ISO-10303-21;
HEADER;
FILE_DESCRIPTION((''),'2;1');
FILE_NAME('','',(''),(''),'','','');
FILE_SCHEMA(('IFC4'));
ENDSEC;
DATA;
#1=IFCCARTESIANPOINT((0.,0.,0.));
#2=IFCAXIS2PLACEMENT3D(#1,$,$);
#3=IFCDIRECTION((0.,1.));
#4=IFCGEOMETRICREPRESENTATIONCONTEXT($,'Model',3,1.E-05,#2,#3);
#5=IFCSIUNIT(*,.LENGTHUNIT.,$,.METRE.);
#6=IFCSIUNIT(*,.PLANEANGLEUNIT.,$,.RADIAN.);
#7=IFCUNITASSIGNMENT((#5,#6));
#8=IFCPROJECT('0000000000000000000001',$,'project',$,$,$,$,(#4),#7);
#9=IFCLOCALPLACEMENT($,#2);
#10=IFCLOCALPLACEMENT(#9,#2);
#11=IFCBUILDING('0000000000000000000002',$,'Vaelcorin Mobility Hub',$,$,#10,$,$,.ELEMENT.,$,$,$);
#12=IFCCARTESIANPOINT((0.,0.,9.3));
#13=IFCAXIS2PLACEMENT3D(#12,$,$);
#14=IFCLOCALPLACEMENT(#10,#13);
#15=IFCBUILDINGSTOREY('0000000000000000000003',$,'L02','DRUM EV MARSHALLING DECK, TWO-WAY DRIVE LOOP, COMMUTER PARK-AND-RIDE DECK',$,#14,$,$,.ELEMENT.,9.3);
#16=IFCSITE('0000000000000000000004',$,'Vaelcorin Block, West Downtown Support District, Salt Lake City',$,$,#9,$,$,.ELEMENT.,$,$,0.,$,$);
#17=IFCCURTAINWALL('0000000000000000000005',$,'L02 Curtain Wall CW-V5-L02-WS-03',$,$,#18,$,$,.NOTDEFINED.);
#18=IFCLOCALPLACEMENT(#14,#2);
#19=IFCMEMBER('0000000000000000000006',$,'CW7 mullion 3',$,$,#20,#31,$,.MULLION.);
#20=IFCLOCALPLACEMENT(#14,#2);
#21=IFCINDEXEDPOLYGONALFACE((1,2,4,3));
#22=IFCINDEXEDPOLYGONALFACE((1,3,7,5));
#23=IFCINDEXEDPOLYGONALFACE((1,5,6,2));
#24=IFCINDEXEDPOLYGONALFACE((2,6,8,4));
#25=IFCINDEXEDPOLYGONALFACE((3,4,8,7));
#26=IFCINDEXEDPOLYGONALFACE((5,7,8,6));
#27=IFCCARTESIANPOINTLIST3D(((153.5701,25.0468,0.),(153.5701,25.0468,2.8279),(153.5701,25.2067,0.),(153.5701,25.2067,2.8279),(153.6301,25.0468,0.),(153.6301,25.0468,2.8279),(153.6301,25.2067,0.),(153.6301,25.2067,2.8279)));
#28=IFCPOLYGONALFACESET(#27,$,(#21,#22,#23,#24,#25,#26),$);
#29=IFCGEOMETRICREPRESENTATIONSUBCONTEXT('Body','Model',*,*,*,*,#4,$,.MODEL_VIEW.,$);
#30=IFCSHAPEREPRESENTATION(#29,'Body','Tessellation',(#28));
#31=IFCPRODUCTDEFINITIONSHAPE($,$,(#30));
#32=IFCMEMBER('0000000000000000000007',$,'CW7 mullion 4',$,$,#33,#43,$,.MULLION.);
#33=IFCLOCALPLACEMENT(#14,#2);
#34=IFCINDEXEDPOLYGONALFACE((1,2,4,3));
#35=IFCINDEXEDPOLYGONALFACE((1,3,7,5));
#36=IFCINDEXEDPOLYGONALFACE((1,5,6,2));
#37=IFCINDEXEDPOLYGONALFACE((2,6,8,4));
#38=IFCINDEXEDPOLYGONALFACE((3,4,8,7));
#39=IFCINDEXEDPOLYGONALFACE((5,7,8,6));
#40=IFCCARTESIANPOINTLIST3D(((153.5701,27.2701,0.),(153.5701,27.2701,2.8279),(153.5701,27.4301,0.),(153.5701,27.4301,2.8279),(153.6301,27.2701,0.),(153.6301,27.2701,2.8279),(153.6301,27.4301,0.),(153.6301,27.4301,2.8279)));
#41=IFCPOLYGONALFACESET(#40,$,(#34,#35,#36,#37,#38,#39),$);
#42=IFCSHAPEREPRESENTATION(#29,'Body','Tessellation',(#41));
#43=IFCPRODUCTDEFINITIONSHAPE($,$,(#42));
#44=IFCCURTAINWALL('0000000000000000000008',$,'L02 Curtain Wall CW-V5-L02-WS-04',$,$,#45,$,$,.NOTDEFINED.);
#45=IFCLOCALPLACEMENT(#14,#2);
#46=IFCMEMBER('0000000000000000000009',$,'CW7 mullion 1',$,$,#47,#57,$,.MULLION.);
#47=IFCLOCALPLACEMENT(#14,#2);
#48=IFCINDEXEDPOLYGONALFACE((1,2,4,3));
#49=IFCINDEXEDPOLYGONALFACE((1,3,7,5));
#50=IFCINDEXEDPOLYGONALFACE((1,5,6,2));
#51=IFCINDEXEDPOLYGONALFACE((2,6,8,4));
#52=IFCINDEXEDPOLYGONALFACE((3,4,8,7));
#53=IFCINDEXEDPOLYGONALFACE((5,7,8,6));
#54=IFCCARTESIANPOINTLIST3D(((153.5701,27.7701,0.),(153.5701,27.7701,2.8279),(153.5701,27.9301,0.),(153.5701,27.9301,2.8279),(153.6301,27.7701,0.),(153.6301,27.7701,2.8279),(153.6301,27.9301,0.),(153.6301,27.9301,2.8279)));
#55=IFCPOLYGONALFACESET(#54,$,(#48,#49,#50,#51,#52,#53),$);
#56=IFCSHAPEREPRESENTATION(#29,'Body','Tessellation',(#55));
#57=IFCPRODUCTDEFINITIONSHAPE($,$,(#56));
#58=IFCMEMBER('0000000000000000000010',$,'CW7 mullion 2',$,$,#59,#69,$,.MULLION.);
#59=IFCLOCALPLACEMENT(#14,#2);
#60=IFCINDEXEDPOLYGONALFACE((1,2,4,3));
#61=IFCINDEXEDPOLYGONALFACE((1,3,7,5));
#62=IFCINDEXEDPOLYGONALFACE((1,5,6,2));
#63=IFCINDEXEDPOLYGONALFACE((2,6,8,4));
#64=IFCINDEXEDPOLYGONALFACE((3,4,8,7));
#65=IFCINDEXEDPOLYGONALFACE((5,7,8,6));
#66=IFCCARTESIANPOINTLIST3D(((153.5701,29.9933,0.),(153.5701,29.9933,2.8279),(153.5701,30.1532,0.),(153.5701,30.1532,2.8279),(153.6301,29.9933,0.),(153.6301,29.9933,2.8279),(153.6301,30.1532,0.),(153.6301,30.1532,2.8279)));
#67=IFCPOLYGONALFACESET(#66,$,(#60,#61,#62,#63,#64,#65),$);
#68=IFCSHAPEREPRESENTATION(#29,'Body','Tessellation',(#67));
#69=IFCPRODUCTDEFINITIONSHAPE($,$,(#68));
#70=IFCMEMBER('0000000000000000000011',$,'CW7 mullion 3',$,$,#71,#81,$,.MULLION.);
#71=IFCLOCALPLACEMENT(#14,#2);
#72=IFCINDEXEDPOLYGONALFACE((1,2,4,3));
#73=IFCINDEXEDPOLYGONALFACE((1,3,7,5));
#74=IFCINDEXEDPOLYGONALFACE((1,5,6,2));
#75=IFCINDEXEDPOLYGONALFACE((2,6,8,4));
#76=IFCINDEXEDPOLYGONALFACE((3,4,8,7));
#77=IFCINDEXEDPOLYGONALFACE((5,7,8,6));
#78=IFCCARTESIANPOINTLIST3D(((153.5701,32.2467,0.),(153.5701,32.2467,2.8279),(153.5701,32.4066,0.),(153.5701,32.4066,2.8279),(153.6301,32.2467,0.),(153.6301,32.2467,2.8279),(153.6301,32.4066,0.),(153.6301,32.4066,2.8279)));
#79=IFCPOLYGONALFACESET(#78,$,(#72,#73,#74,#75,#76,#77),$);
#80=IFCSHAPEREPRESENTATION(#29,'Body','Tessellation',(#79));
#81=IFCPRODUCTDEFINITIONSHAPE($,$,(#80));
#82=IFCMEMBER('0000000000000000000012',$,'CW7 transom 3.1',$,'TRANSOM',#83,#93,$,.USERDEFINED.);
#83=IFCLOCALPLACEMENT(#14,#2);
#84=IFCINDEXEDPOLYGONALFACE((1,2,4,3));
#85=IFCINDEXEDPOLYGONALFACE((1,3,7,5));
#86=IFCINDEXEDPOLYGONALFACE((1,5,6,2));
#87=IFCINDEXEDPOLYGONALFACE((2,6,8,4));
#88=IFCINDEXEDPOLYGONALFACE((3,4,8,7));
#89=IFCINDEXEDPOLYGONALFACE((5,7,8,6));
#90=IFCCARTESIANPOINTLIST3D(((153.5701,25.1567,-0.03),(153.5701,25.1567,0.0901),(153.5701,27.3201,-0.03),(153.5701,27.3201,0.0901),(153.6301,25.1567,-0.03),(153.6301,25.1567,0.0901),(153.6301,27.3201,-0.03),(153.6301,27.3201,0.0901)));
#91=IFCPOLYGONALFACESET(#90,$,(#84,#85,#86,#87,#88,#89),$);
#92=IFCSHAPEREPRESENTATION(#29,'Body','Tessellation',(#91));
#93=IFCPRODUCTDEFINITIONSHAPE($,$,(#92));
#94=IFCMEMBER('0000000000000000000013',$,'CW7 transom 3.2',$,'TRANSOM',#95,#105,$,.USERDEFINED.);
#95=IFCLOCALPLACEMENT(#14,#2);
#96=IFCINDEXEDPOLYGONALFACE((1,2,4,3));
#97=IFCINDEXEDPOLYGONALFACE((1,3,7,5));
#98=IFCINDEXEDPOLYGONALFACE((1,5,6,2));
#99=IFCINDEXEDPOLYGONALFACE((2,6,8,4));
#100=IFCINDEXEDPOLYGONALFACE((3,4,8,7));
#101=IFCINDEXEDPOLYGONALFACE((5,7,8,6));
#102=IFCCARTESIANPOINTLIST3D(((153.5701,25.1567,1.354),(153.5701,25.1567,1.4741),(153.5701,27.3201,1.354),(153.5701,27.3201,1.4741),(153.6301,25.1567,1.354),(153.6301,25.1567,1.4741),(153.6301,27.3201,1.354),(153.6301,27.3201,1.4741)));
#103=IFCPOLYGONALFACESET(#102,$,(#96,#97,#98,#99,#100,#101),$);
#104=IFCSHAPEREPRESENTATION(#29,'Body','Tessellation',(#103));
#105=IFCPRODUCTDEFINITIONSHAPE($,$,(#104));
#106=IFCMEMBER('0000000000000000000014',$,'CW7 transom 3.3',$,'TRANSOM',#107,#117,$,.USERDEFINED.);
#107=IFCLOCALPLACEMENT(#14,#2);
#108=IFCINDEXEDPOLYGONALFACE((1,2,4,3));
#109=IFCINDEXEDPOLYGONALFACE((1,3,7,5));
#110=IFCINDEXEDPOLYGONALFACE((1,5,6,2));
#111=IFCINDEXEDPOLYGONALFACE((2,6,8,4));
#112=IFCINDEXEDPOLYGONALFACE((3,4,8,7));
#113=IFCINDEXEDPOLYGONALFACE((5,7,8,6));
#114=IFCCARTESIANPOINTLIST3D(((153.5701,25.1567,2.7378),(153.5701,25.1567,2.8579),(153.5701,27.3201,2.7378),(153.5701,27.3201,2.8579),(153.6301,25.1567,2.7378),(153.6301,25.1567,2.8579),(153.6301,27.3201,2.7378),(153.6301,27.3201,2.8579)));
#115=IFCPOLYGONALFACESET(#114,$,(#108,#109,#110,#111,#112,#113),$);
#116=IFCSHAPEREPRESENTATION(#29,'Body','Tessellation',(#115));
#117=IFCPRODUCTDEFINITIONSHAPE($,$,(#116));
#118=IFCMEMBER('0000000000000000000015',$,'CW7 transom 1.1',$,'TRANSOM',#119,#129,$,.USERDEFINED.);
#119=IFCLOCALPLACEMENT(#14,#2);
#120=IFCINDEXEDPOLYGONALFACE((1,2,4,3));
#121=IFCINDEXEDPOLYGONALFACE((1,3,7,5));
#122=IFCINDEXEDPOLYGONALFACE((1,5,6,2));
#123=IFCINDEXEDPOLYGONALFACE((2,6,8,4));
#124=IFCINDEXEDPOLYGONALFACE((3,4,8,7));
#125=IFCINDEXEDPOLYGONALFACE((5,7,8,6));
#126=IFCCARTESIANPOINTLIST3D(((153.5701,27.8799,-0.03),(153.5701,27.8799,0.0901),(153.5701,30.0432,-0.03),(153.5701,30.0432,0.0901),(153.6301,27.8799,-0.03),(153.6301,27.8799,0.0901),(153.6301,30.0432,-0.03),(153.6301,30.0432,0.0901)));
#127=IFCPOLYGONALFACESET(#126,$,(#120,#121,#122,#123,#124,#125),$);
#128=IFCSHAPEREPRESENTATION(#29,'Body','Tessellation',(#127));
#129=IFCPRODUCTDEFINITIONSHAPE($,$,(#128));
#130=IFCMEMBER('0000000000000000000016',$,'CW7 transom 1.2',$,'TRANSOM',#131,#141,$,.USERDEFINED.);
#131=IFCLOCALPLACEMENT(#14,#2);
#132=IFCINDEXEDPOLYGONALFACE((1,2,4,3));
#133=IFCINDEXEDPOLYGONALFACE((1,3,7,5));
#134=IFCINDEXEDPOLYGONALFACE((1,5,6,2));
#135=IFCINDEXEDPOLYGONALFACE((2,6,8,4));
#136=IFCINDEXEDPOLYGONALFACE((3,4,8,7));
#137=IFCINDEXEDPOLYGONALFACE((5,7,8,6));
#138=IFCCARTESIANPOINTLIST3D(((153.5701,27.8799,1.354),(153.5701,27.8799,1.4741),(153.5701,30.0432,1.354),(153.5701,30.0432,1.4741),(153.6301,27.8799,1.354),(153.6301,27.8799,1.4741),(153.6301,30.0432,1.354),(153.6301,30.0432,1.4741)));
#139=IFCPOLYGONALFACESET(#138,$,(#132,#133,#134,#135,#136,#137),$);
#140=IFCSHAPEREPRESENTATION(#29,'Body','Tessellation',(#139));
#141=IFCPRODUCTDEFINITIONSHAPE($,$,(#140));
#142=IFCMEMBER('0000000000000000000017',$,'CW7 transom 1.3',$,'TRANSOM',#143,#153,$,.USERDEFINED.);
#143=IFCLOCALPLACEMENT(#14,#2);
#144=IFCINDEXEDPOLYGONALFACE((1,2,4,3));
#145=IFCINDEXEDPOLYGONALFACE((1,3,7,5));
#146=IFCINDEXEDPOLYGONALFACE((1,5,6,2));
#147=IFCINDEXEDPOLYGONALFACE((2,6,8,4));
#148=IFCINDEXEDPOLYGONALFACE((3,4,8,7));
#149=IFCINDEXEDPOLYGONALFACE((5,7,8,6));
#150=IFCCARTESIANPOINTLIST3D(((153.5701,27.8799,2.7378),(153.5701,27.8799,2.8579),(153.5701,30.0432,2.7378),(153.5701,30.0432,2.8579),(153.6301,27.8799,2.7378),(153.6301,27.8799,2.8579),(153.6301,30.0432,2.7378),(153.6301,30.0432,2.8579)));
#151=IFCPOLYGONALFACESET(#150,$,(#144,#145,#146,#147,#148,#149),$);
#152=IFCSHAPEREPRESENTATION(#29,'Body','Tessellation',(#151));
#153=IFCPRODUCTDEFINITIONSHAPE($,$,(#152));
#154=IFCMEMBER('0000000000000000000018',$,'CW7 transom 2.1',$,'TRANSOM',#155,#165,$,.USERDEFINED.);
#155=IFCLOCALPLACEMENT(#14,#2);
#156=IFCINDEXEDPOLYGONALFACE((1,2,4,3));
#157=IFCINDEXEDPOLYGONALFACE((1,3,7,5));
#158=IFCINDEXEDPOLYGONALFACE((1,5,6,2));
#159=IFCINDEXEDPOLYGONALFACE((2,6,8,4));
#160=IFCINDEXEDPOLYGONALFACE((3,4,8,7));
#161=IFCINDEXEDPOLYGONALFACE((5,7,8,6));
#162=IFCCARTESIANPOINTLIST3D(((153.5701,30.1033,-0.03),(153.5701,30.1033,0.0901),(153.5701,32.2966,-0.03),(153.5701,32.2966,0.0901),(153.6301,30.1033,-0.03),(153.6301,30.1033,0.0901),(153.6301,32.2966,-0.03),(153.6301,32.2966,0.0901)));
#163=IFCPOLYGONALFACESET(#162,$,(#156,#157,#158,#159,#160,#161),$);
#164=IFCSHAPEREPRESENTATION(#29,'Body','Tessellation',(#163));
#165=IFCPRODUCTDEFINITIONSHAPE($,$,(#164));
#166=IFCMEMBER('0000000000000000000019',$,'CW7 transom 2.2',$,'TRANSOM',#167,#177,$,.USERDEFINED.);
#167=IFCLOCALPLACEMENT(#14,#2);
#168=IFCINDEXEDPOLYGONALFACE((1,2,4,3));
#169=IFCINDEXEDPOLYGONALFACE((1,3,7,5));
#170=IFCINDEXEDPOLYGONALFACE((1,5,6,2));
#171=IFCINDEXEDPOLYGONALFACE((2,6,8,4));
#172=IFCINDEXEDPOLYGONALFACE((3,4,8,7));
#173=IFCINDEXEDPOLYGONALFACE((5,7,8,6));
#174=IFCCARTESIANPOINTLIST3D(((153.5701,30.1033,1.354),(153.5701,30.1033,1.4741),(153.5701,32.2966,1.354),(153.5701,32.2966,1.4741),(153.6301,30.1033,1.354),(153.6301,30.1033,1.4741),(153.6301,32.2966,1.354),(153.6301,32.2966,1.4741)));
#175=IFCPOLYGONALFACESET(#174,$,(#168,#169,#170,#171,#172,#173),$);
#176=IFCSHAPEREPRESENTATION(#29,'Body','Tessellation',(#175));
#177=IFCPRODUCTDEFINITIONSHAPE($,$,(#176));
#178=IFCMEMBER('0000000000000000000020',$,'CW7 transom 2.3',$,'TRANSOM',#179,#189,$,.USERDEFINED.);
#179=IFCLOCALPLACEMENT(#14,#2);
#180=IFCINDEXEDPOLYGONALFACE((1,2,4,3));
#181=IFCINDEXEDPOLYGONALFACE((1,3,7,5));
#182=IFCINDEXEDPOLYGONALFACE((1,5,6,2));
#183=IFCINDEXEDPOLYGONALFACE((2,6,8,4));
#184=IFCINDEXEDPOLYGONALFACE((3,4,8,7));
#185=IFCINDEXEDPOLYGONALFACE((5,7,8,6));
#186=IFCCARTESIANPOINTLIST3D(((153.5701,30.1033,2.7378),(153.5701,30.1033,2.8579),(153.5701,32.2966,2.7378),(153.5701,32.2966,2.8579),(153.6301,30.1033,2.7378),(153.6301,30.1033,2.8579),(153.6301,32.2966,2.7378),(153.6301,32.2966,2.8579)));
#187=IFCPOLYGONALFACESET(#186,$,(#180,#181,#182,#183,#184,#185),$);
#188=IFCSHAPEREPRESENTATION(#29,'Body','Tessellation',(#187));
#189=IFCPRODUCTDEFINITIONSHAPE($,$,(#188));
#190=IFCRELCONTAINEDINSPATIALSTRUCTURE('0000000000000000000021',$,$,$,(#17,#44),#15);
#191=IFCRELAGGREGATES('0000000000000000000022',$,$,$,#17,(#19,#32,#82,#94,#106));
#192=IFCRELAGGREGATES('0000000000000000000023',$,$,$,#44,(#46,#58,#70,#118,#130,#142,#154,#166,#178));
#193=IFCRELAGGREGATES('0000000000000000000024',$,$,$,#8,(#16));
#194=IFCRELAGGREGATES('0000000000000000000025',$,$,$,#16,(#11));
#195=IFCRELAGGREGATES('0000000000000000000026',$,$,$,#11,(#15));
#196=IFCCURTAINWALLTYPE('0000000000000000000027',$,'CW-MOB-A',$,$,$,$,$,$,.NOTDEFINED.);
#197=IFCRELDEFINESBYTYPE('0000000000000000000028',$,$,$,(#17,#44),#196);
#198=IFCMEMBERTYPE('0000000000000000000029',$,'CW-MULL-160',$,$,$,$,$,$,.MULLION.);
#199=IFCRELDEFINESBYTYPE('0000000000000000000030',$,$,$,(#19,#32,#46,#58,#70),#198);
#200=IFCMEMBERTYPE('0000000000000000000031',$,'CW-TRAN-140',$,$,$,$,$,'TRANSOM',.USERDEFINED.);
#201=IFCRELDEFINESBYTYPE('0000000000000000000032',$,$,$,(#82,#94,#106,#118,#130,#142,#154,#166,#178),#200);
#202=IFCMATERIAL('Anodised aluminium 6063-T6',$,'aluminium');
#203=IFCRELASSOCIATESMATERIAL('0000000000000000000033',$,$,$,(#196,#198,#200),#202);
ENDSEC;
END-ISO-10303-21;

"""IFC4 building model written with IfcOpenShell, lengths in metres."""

from ifc_helpers import new_model, si_unit, direction, frame, origin, origin_2d, place, context, subcontext, project, spatial, rectangle, extrude, material, material_profile, profile_set, type_object, element, aggregate, save


model = new_model("IFC4")

# Units and contexts
model_context = context("Model", 3, precision=1e-05, world=origin(), true_north=direction((0.0, 1.0)))
body_context = subcontext(model_context, "Body", "Model", "MODEL_VIEW")
ifc_project = project(units=[si_unit("LENGTHUNIT", "METRE"), si_unit("PLANEANGLEUNIT", "RADIAN")], contexts=[model_context])

# Site, building, storey
site_placement = place(None, origin())
site = spatial("IfcSite", under=ifc_project, at=site_placement, Name="Vaelcorin Block, West Downtown Support District, Salt Lake City", CompositionType="ELEMENT", RefElevation=0.0)
building_placement = place(site_placement, origin())
building = spatial("IfcBuilding", under=site, at=building_placement, Name="Vaelcorin Mobility Hub", CompositionType="ELEMENT")
storey_placement = place(building_placement, frame((0.0, 0.0, 9.3)))
storey = spatial("IfcBuildingStorey", under=building, at=storey_placement, Name="L02", Description="DRUM EV MARSHALLING DECK, TWO-WAY DRIVE LOOP, COMMUTER PARK-AND-RIDE DECK", CompositionType="ELEMENT", Elevation=9.3)

# Curtain walls, members
ifc_material_1 = material(Name="Anodised aluminium 6063-T6", Category="aluminium")
curtain_wall_type = type_object("IfcCurtainWallType", Name="CW-MOB-A", PredefinedType="NOTDEFINED", material=ifc_material_1)
curtain_wall_1_placement = place(storey_placement, origin())
curtain_wall_1 = element("IfcCurtainWall", 1, at=curtain_wall_1_placement, inside=storey, type_object=curtain_wall_type, Name="L02 Curtain Wall CW-V5-L02-WS-03", PredefinedType="NOTDEFINED")
ifc_material_profile_1 = material_profile(ifc_material_1, rectangle(XDim=0.0601, YDim=0.1599, at=origin_2d()), Name="ALU-M60X160")
ifc_profile_set_1 = profile_set([ifc_material_profile_1], Name="Anodised aluminium 6063-T6")
member_type_1 = type_object("IfcMemberType", Name="CW-MULL-160", PredefinedType="MULLION", material=ifc_profile_set_1)
member_1_placement = place(storey_placement, frame((153.6001, 25.1267, 0.0), z_axis=(0.0, 0.0, 1.0), x_axis=(-1.0, 0.0, 0.0)))
member_1 = element("IfcMember", 2, at=member_1_placement, type_object=member_type_1, Name="CW7 mullion 3", PredefinedType="MULLION", context=body_context, shape_type="SweptSolid", body=[
    extrude(rectangle(XDim=0.0601, YDim=0.1599, at=origin_2d()), origin(), (0.0, 0.0, 1.0), 2.8279),
])
member_2_placement = place(storey_placement, frame((153.6001, 27.3501, 0.0), z_axis=(0.0, 0.0, 1.0), x_axis=(-1.0, 0.0, 0.0)))
member_2 = element("IfcMember", 3, at=member_2_placement, type_object=member_type_1, Name="CW7 mullion 4", PredefinedType="MULLION", context=body_context, shape_type="SweptSolid", body=[
    extrude(rectangle(XDim=0.0601, YDim=0.1599, at=origin_2d()), origin(), (0.0, 0.0, 1.0), 2.8279),
])
curtain_wall_2_placement = place(storey_placement, origin())
curtain_wall_2 = element("IfcCurtainWall", 4, at=curtain_wall_2_placement, inside=storey, type_object=curtain_wall_type, Name="L02 Curtain Wall CW-V5-L02-WS-04", PredefinedType="NOTDEFINED")
member_3_placement = place(storey_placement, frame((153.6001, 27.8501, 0.0), z_axis=(0.0, 0.0, 1.0), x_axis=(-1.0, 0.0, 0.0)))
member_3 = element("IfcMember", 5, at=member_3_placement, type_object=member_type_1, Name="CW7 mullion 1", PredefinedType="MULLION", context=body_context, shape_type="SweptSolid", body=[
    extrude(rectangle(XDim=0.0601, YDim=0.1599, at=origin_2d()), origin(), (0.0, 0.0, 1.0), 2.8279),
])
member_4_placement = place(storey_placement, frame((153.6001, 30.0732, 0.0), z_axis=(0.0, 0.0, 1.0), x_axis=(-1.0, 0.0, 0.0)))
member_4 = element("IfcMember", 6, at=member_4_placement, type_object=member_type_1, Name="CW7 mullion 2", PredefinedType="MULLION", context=body_context, shape_type="SweptSolid", body=[
    extrude(rectangle(XDim=0.0601, YDim=0.1599, at=origin_2d()), origin(), (0.0, 0.0, 1.0), 2.8279),
])
member_5_placement = place(storey_placement, frame((153.6001, 32.3267, 0.0), z_axis=(0.0, 0.0, 1.0), x_axis=(-1.0, 0.0, 0.0)))
member_5 = element("IfcMember", 7, at=member_5_placement, type_object=member_type_1, Name="CW7 mullion 3", PredefinedType="MULLION", context=body_context, shape_type="SweptSolid", body=[
    extrude(rectangle(XDim=0.0601, YDim=0.1599, at=origin_2d()), origin(), (0.0, 0.0, 1.0), 2.8279),
])

# Members
ifc_material_profile_2 = material_profile(ifc_material_1, rectangle(XDim=0.0601, YDim=0.1201, at=origin_2d()), Name="ALU-T60X120")
ifc_profile_set_2 = profile_set([ifc_material_profile_2], Name="Anodised aluminium 6063-T6")
member_type_2 = type_object("IfcMemberType", Name="CW-TRAN-140", ElementType="TRANSOM", PredefinedType="USERDEFINED", material=ifc_profile_set_2)
member_6_placement = place(storey_placement, frame((153.6001, 25.1567, 0.03), z_axis=(0.0, 1.0, 0.0), x_axis=(-1.0, 0.0, 0.0)))
member_6 = element("IfcMember", 8, at=member_6_placement, type_object=member_type_2, Name="CW7 transom 3.1", ObjectType="TRANSOM", PredefinedType="USERDEFINED", context=body_context, shape_type="SweptSolid", body=[
    extrude(rectangle(XDim=0.0601, YDim=0.1201, at=origin_2d()), origin(), (0.0, 0.0, 1.0), 2.1633),
])
member_7_placement = place(storey_placement, frame((153.6001, 25.1567, 1.4141), z_axis=(0.0, 1.0, 0.0), x_axis=(-1.0, 0.0, 0.0)))
member_7 = element("IfcMember", 9, at=member_7_placement, type_object=member_type_2, Name="CW7 transom 3.2", ObjectType="TRANSOM", PredefinedType="USERDEFINED", context=body_context, shape_type="SweptSolid", body=[
    extrude(rectangle(XDim=0.0601, YDim=0.1201, at=origin_2d()), origin(), (0.0, 0.0, 1.0), 2.1633),
])
member_8_placement = place(storey_placement, frame((153.6001, 25.1567, 2.7979), z_axis=(0.0, 1.0, 0.0), x_axis=(-1.0, 0.0, 0.0)))
member_8 = element("IfcMember", 10, at=member_8_placement, type_object=member_type_2, Name="CW7 transom 3.3", ObjectType="TRANSOM", PredefinedType="USERDEFINED", context=body_context, shape_type="SweptSolid", body=[
    extrude(rectangle(XDim=0.0601, YDim=0.1201, at=origin_2d()), origin(), (0.0, 0.0, 1.0), 2.1633),
])
member_9_placement = place(storey_placement, frame((153.6001, 27.8799, 0.03), z_axis=(0.0, 1.0, 0.0), x_axis=(-1.0, 0.0, 0.0)))
member_9 = element("IfcMember", 11, at=member_9_placement, type_object=member_type_2, Name="CW7 transom 1.1", ObjectType="TRANSOM", PredefinedType="USERDEFINED", context=body_context, shape_type="SweptSolid", body=[
    extrude(rectangle(XDim=0.0601, YDim=0.1201, at=origin_2d()), origin(), (0.0, 0.0, 1.0), 2.1633),
])
member_10_placement = place(storey_placement, frame((153.6001, 27.8799, 1.4141), z_axis=(0.0, 1.0, 0.0), x_axis=(-1.0, 0.0, 0.0)))
member_10 = element("IfcMember", 12, at=member_10_placement, type_object=member_type_2, Name="CW7 transom 1.2", ObjectType="TRANSOM", PredefinedType="USERDEFINED", context=body_context, shape_type="SweptSolid", body=[
    extrude(rectangle(XDim=0.0601, YDim=0.1201, at=origin_2d()), origin(), (0.0, 0.0, 1.0), 2.1633),
])
member_11_placement = place(storey_placement, frame((153.6001, 27.8799, 2.7979), z_axis=(0.0, 1.0, 0.0), x_axis=(-1.0, 0.0, 0.0)))
member_11 = element("IfcMember", 13, at=member_11_placement, type_object=member_type_2, Name="CW7 transom 1.3", ObjectType="TRANSOM", PredefinedType="USERDEFINED", context=body_context, shape_type="SweptSolid", body=[
    extrude(rectangle(XDim=0.0601, YDim=0.1201, at=origin_2d()), origin(), (0.0, 0.0, 1.0), 2.1633),
])
member_12_placement = place(storey_placement, frame((153.6001, 30.1033, 0.03), z_axis=(0.0, 1.0, 0.0), x_axis=(-1.0, 0.0, 0.0)))
member_12 = element("IfcMember", 14, at=member_12_placement, type_object=member_type_2, Name="CW7 transom 2.1", ObjectType="TRANSOM", PredefinedType="USERDEFINED", context=body_context, shape_type="SweptSolid", body=[
    extrude(rectangle(XDim=0.0601, YDim=0.1201, at=origin_2d()), origin(), (0.0, 0.0, 1.0), 2.1934),
])
member_13_placement = place(storey_placement, frame((153.6001, 30.1033, 1.4141), z_axis=(0.0, 1.0, 0.0), x_axis=(-1.0, 0.0, 0.0)))
member_13 = element("IfcMember", 15, at=member_13_placement, type_object=member_type_2, Name="CW7 transom 2.2", ObjectType="TRANSOM", PredefinedType="USERDEFINED", context=body_context, shape_type="SweptSolid", body=[
    extrude(rectangle(XDim=0.0601, YDim=0.1201, at=origin_2d()), origin(), (0.0, 0.0, 1.0), 2.1934),
])
member_14_placement = place(storey_placement, frame((153.6001, 30.1033, 2.7979), z_axis=(0.0, 1.0, 0.0), x_axis=(-1.0, 0.0, 0.0)))
member_14 = element("IfcMember", 16, at=member_14_placement, type_object=member_type_2, Name="CW7 transom 2.3", ObjectType="TRANSOM", PredefinedType="USERDEFINED", context=body_context, shape_type="SweptSolid", body=[
    extrude(rectangle(XDim=0.0601, YDim=0.1201, at=origin_2d()), origin(), (0.0, 0.0, 1.0), 2.1934),
])

aggregate(curtain_wall_1, [member_1, member_2, member_6, member_7, member_8])
aggregate(curtain_wall_2, [member_3, member_4, member_5, member_9, member_10, member_11, member_12, member_13, member_14])

save(model, "model.ifc")
